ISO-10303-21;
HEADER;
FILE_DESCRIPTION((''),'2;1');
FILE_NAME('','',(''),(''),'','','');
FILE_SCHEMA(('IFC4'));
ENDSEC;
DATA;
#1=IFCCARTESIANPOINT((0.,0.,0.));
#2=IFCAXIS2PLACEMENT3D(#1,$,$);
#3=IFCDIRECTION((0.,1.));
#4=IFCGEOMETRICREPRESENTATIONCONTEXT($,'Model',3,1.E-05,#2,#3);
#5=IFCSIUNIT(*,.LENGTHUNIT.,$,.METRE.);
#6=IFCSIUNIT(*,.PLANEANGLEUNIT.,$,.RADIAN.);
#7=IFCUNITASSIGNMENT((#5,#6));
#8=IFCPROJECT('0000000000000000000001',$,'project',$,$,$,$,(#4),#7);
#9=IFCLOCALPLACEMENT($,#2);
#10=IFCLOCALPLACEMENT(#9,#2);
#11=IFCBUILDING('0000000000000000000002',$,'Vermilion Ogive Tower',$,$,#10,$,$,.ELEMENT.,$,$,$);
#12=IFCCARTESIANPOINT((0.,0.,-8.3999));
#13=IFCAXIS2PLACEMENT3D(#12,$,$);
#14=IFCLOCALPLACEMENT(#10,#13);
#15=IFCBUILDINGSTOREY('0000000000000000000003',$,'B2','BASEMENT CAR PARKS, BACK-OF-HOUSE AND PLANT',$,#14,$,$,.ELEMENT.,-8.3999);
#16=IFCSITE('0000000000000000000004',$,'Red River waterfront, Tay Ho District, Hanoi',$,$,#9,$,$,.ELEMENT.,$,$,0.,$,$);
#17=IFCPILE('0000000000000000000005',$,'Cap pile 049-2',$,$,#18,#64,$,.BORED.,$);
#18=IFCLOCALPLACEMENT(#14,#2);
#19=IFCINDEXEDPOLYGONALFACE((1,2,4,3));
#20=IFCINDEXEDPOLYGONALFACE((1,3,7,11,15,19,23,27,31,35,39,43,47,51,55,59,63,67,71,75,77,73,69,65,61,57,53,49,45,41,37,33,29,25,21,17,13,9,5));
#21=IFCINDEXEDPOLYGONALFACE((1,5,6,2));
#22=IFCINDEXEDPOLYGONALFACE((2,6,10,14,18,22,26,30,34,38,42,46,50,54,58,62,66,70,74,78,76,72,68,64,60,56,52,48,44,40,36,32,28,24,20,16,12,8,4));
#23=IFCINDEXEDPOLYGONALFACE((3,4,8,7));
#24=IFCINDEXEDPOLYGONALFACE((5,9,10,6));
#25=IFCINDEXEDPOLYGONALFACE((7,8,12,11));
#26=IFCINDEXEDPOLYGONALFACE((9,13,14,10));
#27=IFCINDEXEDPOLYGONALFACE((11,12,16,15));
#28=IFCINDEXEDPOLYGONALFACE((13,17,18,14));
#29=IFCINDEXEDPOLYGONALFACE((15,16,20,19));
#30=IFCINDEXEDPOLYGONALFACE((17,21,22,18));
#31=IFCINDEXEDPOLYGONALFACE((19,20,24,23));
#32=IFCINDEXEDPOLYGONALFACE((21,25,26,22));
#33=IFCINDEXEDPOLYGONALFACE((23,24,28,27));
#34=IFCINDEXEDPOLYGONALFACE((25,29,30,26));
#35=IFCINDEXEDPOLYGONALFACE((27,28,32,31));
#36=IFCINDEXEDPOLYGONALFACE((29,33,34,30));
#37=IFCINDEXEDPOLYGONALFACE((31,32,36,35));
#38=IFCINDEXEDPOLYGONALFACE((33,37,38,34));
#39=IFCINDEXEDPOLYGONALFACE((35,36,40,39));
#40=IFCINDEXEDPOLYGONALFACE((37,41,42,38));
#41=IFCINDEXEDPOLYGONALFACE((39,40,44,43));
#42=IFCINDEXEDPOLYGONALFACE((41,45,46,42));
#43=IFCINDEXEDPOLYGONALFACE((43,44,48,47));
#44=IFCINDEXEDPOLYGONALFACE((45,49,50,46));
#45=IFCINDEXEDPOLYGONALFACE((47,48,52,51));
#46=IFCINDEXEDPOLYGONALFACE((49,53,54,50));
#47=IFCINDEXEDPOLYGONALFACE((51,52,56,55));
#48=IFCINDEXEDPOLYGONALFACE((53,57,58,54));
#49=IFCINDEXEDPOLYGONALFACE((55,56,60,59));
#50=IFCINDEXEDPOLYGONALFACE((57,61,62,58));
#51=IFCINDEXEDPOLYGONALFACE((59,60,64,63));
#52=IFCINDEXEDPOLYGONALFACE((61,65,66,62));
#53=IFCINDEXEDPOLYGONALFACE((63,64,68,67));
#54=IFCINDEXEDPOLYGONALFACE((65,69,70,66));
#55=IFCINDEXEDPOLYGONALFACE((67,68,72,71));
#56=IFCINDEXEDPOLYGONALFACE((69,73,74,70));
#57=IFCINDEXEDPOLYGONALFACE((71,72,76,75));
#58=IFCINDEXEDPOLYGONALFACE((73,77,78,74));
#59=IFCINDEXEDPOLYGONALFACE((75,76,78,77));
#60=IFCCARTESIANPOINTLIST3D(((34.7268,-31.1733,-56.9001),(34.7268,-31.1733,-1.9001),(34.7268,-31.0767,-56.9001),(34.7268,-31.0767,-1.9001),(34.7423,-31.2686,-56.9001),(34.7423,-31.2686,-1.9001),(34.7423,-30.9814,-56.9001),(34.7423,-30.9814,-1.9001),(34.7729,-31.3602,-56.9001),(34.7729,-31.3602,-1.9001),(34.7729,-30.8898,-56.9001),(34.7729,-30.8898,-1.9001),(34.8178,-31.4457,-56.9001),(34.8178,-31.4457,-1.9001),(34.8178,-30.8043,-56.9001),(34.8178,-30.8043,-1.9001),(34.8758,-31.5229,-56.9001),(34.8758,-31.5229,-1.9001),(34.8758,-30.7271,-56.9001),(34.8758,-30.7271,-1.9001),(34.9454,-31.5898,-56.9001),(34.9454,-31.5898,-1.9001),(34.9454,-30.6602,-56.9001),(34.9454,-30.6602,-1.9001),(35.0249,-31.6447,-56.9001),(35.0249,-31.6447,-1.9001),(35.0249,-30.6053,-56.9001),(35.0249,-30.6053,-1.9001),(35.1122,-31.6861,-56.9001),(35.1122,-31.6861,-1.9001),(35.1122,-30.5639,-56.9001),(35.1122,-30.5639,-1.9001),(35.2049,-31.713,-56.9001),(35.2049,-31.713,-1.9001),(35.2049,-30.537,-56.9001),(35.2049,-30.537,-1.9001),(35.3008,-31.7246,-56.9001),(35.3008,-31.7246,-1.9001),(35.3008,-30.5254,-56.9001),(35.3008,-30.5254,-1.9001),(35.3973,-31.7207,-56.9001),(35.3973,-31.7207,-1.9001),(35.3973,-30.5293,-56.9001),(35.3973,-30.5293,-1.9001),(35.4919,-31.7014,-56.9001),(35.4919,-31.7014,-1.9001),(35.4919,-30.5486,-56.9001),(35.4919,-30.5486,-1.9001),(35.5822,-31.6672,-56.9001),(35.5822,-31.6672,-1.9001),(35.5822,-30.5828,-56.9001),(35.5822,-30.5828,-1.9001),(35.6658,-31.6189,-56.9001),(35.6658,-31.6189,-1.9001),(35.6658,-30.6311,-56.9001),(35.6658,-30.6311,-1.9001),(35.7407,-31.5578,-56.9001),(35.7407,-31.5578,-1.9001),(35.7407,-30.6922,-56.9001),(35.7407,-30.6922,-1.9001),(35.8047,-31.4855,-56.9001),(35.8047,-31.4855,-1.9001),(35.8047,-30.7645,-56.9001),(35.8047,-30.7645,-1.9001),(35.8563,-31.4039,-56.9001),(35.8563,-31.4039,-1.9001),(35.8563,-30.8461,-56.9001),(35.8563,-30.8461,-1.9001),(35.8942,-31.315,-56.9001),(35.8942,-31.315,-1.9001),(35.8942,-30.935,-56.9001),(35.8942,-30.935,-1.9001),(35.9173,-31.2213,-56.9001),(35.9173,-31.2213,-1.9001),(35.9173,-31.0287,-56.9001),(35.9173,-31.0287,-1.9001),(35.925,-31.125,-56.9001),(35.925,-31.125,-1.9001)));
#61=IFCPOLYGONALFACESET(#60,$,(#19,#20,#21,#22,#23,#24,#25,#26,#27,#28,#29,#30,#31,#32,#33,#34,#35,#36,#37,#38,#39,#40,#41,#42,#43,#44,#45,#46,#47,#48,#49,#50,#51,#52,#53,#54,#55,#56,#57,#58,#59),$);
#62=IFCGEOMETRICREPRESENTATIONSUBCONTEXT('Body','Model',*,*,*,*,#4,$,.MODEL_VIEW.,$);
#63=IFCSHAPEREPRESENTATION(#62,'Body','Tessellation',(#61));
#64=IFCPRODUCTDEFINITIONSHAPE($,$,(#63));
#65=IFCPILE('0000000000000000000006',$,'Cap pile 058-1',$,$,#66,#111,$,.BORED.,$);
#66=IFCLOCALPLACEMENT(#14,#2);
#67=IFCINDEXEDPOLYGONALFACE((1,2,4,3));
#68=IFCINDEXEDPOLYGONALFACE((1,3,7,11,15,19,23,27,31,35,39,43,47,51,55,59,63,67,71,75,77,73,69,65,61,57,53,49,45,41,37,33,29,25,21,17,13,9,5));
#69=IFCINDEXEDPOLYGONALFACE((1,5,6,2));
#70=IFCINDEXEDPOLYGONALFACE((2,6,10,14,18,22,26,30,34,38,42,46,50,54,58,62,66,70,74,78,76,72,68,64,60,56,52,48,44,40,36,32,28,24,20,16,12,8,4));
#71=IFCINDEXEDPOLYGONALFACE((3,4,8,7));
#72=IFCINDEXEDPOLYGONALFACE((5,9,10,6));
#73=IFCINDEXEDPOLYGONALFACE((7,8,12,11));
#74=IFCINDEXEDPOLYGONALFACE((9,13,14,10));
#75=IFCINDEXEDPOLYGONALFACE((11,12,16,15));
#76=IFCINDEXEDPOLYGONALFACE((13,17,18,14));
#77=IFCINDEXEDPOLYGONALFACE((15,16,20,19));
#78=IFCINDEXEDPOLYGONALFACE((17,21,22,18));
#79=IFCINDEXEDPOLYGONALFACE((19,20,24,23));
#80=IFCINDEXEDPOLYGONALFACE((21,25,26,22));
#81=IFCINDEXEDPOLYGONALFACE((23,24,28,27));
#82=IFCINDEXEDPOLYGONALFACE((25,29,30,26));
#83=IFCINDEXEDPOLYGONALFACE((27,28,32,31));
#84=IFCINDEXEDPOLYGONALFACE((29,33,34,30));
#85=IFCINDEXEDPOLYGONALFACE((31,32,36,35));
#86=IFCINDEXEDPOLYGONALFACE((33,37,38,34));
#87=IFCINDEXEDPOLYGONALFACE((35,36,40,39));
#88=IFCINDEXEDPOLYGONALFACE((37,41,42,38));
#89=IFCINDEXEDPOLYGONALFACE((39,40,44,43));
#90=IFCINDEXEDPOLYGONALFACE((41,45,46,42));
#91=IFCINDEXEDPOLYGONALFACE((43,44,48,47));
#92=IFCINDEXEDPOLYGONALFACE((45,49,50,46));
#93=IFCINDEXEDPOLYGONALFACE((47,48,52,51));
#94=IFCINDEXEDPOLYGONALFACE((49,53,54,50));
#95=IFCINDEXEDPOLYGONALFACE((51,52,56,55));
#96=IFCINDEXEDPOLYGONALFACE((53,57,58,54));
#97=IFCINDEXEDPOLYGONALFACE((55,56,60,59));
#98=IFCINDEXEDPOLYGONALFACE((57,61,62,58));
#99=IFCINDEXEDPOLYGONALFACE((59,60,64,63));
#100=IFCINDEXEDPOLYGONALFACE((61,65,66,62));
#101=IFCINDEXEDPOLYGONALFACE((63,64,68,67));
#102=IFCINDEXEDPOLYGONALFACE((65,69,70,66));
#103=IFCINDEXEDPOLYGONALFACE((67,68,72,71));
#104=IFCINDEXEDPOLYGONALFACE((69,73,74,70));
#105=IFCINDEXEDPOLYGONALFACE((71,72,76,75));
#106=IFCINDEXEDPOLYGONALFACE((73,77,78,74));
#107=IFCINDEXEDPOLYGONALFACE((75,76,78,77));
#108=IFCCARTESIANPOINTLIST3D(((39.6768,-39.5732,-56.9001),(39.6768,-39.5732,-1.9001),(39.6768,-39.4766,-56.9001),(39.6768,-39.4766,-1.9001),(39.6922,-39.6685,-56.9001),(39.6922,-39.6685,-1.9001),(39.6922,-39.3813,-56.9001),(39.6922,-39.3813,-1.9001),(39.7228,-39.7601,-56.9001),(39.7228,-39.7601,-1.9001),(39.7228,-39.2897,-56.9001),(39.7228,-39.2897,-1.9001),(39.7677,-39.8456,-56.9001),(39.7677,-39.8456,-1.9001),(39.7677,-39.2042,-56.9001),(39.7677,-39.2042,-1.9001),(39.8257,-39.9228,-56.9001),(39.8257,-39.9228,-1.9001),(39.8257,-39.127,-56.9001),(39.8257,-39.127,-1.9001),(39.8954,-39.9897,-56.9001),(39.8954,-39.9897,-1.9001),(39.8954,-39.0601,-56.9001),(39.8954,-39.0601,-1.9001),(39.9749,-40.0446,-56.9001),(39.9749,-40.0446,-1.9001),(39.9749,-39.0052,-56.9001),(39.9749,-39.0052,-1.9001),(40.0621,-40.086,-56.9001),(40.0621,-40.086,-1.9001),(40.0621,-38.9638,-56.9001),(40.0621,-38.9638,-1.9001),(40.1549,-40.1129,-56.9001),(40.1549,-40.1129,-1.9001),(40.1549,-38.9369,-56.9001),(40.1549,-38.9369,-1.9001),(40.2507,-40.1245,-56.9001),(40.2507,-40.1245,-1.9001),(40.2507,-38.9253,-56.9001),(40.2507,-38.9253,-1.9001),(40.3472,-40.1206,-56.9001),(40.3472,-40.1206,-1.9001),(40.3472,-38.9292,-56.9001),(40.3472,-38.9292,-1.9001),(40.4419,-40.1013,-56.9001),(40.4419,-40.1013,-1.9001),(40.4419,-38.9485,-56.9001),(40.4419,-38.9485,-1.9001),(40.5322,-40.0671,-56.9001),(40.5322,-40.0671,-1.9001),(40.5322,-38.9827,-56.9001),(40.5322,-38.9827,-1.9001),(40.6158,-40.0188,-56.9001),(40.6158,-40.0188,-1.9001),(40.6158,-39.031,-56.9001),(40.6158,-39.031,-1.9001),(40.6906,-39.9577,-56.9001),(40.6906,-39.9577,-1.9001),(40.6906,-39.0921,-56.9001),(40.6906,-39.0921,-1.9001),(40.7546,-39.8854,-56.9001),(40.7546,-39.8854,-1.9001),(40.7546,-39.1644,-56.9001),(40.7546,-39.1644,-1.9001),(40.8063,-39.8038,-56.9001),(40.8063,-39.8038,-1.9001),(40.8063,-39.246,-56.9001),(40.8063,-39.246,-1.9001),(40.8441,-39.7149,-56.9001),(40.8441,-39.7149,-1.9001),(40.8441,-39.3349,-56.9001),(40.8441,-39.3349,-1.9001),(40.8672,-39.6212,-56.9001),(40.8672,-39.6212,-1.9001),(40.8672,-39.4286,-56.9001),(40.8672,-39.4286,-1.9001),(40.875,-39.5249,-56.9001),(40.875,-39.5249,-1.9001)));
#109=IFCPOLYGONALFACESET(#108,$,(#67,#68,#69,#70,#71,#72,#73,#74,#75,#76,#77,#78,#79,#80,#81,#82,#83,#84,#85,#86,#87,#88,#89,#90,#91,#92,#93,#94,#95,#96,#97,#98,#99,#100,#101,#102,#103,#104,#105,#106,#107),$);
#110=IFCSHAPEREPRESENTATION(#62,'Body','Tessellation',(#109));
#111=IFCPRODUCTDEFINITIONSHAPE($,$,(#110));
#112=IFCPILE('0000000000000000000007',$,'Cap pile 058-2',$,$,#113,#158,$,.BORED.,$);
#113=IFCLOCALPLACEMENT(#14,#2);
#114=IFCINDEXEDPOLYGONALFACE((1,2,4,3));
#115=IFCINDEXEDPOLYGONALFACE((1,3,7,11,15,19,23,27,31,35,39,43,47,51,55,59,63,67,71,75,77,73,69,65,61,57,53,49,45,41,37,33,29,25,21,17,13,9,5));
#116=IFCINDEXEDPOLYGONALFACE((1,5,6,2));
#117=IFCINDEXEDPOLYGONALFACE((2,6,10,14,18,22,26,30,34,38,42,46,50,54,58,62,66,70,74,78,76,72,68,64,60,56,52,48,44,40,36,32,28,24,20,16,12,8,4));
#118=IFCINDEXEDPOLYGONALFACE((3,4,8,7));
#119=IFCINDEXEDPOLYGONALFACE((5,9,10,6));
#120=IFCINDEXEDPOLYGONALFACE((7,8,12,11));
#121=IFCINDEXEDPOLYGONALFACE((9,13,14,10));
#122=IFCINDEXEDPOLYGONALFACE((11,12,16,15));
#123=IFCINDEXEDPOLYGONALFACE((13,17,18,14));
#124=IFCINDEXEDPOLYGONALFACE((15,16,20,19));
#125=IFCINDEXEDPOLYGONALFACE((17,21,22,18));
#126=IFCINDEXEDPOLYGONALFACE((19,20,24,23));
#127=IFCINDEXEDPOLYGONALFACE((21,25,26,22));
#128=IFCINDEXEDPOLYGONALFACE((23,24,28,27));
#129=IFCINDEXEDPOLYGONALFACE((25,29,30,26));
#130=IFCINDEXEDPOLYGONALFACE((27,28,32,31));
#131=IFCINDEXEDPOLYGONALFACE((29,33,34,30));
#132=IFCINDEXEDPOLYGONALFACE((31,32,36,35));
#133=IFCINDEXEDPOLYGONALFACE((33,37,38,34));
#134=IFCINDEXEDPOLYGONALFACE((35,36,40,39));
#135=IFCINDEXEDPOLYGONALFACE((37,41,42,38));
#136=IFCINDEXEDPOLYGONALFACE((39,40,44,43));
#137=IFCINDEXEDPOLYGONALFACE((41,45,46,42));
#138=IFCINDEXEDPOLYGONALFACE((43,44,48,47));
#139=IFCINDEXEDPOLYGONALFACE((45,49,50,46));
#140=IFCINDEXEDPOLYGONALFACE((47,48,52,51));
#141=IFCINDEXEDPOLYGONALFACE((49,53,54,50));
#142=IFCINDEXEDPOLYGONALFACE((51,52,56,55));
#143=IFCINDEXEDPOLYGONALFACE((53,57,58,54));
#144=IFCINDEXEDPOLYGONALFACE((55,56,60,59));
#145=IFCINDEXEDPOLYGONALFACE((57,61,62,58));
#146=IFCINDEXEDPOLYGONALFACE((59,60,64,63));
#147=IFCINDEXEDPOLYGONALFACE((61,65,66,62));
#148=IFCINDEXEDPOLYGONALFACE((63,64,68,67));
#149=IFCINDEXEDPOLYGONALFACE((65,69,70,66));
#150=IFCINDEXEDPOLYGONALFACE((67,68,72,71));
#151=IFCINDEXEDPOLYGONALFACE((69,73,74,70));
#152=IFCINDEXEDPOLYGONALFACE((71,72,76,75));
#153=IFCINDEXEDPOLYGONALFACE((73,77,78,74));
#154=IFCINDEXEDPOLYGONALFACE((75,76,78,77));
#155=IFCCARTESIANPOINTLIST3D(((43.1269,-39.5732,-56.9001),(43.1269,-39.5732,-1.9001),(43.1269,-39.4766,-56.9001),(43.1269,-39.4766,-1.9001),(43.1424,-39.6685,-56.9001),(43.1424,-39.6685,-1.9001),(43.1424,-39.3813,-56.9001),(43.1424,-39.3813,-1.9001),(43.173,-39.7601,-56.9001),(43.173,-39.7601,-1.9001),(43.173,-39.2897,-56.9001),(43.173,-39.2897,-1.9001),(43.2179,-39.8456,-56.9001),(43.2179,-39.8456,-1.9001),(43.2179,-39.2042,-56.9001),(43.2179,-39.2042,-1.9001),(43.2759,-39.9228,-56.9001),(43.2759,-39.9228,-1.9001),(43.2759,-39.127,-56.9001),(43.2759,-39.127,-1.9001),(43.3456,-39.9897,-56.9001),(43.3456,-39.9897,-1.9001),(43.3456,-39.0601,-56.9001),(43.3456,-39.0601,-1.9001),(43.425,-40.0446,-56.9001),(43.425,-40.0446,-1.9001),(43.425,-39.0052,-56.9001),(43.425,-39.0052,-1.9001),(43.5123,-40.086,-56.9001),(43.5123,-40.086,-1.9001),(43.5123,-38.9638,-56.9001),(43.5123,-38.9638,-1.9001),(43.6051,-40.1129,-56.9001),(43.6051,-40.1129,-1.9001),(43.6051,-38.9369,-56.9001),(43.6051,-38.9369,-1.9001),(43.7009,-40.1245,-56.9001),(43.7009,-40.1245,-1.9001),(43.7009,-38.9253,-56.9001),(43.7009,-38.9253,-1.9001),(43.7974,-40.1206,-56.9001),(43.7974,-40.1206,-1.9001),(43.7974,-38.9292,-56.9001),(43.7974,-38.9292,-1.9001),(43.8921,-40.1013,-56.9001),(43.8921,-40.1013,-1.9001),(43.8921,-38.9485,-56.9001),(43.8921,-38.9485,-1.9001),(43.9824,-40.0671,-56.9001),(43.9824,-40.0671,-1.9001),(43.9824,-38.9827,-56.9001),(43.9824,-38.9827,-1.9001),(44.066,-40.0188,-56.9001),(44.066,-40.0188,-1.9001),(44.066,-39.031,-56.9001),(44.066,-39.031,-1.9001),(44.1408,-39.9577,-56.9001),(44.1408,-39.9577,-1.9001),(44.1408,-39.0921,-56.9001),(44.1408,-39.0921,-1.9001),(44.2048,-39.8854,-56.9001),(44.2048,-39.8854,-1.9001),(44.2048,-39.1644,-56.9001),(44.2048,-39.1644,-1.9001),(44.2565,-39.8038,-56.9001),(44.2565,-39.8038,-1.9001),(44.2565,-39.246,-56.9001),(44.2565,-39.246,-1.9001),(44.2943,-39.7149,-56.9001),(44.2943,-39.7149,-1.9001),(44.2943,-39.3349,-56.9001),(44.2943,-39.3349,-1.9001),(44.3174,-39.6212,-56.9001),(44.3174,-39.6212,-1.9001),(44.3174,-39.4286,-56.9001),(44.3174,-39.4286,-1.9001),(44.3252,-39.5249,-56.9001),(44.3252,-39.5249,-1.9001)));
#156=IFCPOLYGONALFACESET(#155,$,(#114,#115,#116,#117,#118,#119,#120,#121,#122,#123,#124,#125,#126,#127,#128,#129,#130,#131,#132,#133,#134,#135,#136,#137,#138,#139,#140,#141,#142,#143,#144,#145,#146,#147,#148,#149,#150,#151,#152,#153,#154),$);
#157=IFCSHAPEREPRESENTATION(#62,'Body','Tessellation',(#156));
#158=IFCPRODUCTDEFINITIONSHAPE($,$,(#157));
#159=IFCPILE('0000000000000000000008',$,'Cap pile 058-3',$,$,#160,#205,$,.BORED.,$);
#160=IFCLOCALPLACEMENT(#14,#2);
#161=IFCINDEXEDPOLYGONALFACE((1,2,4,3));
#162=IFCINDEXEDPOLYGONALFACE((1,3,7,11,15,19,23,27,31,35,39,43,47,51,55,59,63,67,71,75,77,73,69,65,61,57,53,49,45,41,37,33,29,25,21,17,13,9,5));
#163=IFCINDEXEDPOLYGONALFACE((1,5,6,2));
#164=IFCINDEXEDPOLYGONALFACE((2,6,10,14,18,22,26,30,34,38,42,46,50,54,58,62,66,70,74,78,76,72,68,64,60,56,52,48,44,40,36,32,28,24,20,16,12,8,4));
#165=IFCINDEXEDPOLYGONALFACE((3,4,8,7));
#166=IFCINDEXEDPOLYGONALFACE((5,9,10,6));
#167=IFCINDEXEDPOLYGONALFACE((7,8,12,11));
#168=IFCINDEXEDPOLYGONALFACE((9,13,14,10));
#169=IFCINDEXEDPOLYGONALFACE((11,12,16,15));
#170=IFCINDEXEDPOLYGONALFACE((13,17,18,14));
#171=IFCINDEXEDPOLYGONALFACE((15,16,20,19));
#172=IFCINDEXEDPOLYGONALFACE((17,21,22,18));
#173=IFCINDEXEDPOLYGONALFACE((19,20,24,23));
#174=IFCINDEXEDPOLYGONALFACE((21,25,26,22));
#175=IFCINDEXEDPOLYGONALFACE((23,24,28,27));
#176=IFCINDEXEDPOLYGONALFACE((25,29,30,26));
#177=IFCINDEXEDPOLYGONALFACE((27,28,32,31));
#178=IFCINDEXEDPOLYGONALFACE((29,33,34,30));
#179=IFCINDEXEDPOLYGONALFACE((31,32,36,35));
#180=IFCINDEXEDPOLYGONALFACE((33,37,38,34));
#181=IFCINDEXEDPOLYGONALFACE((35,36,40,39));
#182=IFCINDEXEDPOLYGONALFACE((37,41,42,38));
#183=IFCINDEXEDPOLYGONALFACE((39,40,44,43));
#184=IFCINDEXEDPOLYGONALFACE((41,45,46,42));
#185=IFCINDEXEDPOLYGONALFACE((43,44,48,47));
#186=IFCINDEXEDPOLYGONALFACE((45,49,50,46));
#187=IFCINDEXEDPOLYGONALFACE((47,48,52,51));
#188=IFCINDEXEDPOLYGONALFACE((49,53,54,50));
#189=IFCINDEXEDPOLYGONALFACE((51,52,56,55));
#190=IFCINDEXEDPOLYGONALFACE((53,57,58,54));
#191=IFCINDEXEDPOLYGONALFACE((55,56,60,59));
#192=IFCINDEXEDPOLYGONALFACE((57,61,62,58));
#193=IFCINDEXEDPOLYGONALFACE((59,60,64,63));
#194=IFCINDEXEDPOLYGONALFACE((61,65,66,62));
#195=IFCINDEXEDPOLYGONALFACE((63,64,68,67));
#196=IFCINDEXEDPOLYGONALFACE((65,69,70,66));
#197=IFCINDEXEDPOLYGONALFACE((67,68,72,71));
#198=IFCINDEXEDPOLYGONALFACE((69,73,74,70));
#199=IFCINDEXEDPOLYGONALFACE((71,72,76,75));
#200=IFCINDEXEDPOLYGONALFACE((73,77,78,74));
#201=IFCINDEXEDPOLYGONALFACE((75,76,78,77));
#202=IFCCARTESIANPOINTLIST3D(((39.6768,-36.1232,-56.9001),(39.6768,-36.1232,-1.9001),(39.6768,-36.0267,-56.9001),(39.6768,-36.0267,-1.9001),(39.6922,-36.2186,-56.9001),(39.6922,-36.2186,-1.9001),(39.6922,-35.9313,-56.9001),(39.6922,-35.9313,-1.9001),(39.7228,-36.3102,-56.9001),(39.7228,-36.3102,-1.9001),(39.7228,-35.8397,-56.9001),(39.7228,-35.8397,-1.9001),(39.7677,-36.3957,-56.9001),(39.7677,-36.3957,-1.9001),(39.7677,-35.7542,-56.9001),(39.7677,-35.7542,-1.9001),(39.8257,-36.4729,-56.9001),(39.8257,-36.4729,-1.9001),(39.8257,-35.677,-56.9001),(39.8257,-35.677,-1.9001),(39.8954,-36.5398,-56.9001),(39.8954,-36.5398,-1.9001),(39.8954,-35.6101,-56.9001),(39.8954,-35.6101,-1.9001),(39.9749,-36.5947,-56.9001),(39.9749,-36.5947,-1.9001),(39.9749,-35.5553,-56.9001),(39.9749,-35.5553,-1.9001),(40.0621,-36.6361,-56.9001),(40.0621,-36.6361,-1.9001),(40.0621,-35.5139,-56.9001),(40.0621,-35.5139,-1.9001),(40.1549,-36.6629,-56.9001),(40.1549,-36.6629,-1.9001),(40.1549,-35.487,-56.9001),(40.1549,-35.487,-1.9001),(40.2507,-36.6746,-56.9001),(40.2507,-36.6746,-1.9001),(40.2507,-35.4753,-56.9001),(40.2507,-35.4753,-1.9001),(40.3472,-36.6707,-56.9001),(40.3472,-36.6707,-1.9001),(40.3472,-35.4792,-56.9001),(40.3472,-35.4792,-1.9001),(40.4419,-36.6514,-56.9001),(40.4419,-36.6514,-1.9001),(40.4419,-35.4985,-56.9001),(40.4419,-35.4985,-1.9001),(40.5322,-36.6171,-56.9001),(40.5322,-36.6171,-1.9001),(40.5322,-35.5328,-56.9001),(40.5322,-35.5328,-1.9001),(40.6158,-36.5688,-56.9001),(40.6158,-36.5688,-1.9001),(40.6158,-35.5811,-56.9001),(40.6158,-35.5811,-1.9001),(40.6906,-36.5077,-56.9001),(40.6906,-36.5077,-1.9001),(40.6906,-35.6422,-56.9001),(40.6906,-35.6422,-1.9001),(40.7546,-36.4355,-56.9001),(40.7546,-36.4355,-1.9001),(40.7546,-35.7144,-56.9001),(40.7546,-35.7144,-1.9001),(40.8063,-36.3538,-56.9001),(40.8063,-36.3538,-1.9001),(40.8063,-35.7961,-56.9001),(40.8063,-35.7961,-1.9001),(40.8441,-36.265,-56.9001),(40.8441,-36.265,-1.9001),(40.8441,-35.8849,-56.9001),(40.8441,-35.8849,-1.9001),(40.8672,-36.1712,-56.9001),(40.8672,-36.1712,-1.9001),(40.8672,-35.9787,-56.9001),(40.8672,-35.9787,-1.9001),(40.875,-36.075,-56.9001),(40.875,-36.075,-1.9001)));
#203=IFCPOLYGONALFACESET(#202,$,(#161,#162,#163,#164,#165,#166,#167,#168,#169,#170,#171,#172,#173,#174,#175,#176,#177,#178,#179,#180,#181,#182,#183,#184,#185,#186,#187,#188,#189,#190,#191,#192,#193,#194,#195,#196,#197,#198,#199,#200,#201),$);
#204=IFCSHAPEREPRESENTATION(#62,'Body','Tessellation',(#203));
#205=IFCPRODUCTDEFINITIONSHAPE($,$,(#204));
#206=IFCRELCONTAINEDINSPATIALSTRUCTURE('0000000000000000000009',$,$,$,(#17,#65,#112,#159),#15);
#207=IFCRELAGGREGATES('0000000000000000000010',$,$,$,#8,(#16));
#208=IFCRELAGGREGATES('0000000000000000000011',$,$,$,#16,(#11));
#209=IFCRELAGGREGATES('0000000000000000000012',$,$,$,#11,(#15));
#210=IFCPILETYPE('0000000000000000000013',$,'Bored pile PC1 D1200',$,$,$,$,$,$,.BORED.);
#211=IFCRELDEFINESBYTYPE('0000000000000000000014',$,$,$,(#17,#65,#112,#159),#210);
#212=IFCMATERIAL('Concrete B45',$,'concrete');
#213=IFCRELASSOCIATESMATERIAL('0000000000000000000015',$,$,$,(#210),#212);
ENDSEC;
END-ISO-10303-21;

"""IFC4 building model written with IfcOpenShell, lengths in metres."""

from ifc_helpers import new_model, si_unit, direction, frame, origin, origin_2d, place, context, subcontext, project, spatial, circle, extrude, material, type_object, element, save


model = new_model("IFC4")

# Units and contexts
model_context = context("Model", 3, precision=1e-05, world=origin(), true_north=direction((0.0, 1.0)))
body_context = subcontext(model_context, "Body", "Model", "MODEL_VIEW")
ifc_project = project(units=[si_unit("LENGTHUNIT", "METRE"), si_unit("PLANEANGLEUNIT", "RADIAN")], contexts=[model_context])

# Site, building, storey
site_placement = place(None, origin())
site = spatial("IfcSite", under=ifc_project, at=site_placement, Name="Red River waterfront, Tay Ho District, Hanoi", CompositionType="ELEMENT", RefElevation=0.0)
building_placement = place(site_placement, origin())
building = spatial("IfcBuilding", under=site, at=building_placement, Name="Vermilion Ogive Tower", CompositionType="ELEMENT")
storey_placement = place(building_placement, frame((0.0, 0.0, -8.3999)))
storey = spatial("IfcBuildingStorey", under=building, at=storey_placement, Name="B2", Description="BASEMENT CAR PARKS, BACK-OF-HOUSE AND PLANT", CompositionType="ELEMENT", Elevation=-8.3999)

# Piles
ifc_material_1 = material(Name="Concrete B45", Category="concrete")
pile_type = type_object("IfcPileType", Name="Bored pile PC1 D1200", PredefinedType="BORED", material=ifc_material_1)
for number, where, z_axis, x_axis, name in (
    (1, (35.325, -31.125, -1.9001), (0.0, 0.0, -1.0), (1.0, 0.0, 0.0), "Cap pile 049-2"),
    (2, (40.2749, -39.5249, -1.9001), (0.0, 0.0, -1.0), (1.0, 0.0, 0.0), "Cap pile 058-1"),
    (3, (43.7251, -39.5249, -1.9001), (0.0, 0.0, -1.0), (1.0, 0.0, 0.0), "Cap pile 058-2"),
    (4, (40.2749, -36.075, -1.9001), (0.0, 0.0, -1.0), (1.0, 0.0, 0.0), "Cap pile 058-3"),
):
    element("IfcPile", number, at=place(storey_placement, frame(where, z_axis=z_axis, x_axis=x_axis)), inside=storey, type_object=pile_type, Name=name, PredefinedType="BORED", context=body_context, shape_type="SweptSolid", body=[
        extrude(circle(Radius=0.6001, at=origin_2d()), origin(), (0.0, 0.0, 1.0), 55.0),
    ])

save(model, "model.ifc")
